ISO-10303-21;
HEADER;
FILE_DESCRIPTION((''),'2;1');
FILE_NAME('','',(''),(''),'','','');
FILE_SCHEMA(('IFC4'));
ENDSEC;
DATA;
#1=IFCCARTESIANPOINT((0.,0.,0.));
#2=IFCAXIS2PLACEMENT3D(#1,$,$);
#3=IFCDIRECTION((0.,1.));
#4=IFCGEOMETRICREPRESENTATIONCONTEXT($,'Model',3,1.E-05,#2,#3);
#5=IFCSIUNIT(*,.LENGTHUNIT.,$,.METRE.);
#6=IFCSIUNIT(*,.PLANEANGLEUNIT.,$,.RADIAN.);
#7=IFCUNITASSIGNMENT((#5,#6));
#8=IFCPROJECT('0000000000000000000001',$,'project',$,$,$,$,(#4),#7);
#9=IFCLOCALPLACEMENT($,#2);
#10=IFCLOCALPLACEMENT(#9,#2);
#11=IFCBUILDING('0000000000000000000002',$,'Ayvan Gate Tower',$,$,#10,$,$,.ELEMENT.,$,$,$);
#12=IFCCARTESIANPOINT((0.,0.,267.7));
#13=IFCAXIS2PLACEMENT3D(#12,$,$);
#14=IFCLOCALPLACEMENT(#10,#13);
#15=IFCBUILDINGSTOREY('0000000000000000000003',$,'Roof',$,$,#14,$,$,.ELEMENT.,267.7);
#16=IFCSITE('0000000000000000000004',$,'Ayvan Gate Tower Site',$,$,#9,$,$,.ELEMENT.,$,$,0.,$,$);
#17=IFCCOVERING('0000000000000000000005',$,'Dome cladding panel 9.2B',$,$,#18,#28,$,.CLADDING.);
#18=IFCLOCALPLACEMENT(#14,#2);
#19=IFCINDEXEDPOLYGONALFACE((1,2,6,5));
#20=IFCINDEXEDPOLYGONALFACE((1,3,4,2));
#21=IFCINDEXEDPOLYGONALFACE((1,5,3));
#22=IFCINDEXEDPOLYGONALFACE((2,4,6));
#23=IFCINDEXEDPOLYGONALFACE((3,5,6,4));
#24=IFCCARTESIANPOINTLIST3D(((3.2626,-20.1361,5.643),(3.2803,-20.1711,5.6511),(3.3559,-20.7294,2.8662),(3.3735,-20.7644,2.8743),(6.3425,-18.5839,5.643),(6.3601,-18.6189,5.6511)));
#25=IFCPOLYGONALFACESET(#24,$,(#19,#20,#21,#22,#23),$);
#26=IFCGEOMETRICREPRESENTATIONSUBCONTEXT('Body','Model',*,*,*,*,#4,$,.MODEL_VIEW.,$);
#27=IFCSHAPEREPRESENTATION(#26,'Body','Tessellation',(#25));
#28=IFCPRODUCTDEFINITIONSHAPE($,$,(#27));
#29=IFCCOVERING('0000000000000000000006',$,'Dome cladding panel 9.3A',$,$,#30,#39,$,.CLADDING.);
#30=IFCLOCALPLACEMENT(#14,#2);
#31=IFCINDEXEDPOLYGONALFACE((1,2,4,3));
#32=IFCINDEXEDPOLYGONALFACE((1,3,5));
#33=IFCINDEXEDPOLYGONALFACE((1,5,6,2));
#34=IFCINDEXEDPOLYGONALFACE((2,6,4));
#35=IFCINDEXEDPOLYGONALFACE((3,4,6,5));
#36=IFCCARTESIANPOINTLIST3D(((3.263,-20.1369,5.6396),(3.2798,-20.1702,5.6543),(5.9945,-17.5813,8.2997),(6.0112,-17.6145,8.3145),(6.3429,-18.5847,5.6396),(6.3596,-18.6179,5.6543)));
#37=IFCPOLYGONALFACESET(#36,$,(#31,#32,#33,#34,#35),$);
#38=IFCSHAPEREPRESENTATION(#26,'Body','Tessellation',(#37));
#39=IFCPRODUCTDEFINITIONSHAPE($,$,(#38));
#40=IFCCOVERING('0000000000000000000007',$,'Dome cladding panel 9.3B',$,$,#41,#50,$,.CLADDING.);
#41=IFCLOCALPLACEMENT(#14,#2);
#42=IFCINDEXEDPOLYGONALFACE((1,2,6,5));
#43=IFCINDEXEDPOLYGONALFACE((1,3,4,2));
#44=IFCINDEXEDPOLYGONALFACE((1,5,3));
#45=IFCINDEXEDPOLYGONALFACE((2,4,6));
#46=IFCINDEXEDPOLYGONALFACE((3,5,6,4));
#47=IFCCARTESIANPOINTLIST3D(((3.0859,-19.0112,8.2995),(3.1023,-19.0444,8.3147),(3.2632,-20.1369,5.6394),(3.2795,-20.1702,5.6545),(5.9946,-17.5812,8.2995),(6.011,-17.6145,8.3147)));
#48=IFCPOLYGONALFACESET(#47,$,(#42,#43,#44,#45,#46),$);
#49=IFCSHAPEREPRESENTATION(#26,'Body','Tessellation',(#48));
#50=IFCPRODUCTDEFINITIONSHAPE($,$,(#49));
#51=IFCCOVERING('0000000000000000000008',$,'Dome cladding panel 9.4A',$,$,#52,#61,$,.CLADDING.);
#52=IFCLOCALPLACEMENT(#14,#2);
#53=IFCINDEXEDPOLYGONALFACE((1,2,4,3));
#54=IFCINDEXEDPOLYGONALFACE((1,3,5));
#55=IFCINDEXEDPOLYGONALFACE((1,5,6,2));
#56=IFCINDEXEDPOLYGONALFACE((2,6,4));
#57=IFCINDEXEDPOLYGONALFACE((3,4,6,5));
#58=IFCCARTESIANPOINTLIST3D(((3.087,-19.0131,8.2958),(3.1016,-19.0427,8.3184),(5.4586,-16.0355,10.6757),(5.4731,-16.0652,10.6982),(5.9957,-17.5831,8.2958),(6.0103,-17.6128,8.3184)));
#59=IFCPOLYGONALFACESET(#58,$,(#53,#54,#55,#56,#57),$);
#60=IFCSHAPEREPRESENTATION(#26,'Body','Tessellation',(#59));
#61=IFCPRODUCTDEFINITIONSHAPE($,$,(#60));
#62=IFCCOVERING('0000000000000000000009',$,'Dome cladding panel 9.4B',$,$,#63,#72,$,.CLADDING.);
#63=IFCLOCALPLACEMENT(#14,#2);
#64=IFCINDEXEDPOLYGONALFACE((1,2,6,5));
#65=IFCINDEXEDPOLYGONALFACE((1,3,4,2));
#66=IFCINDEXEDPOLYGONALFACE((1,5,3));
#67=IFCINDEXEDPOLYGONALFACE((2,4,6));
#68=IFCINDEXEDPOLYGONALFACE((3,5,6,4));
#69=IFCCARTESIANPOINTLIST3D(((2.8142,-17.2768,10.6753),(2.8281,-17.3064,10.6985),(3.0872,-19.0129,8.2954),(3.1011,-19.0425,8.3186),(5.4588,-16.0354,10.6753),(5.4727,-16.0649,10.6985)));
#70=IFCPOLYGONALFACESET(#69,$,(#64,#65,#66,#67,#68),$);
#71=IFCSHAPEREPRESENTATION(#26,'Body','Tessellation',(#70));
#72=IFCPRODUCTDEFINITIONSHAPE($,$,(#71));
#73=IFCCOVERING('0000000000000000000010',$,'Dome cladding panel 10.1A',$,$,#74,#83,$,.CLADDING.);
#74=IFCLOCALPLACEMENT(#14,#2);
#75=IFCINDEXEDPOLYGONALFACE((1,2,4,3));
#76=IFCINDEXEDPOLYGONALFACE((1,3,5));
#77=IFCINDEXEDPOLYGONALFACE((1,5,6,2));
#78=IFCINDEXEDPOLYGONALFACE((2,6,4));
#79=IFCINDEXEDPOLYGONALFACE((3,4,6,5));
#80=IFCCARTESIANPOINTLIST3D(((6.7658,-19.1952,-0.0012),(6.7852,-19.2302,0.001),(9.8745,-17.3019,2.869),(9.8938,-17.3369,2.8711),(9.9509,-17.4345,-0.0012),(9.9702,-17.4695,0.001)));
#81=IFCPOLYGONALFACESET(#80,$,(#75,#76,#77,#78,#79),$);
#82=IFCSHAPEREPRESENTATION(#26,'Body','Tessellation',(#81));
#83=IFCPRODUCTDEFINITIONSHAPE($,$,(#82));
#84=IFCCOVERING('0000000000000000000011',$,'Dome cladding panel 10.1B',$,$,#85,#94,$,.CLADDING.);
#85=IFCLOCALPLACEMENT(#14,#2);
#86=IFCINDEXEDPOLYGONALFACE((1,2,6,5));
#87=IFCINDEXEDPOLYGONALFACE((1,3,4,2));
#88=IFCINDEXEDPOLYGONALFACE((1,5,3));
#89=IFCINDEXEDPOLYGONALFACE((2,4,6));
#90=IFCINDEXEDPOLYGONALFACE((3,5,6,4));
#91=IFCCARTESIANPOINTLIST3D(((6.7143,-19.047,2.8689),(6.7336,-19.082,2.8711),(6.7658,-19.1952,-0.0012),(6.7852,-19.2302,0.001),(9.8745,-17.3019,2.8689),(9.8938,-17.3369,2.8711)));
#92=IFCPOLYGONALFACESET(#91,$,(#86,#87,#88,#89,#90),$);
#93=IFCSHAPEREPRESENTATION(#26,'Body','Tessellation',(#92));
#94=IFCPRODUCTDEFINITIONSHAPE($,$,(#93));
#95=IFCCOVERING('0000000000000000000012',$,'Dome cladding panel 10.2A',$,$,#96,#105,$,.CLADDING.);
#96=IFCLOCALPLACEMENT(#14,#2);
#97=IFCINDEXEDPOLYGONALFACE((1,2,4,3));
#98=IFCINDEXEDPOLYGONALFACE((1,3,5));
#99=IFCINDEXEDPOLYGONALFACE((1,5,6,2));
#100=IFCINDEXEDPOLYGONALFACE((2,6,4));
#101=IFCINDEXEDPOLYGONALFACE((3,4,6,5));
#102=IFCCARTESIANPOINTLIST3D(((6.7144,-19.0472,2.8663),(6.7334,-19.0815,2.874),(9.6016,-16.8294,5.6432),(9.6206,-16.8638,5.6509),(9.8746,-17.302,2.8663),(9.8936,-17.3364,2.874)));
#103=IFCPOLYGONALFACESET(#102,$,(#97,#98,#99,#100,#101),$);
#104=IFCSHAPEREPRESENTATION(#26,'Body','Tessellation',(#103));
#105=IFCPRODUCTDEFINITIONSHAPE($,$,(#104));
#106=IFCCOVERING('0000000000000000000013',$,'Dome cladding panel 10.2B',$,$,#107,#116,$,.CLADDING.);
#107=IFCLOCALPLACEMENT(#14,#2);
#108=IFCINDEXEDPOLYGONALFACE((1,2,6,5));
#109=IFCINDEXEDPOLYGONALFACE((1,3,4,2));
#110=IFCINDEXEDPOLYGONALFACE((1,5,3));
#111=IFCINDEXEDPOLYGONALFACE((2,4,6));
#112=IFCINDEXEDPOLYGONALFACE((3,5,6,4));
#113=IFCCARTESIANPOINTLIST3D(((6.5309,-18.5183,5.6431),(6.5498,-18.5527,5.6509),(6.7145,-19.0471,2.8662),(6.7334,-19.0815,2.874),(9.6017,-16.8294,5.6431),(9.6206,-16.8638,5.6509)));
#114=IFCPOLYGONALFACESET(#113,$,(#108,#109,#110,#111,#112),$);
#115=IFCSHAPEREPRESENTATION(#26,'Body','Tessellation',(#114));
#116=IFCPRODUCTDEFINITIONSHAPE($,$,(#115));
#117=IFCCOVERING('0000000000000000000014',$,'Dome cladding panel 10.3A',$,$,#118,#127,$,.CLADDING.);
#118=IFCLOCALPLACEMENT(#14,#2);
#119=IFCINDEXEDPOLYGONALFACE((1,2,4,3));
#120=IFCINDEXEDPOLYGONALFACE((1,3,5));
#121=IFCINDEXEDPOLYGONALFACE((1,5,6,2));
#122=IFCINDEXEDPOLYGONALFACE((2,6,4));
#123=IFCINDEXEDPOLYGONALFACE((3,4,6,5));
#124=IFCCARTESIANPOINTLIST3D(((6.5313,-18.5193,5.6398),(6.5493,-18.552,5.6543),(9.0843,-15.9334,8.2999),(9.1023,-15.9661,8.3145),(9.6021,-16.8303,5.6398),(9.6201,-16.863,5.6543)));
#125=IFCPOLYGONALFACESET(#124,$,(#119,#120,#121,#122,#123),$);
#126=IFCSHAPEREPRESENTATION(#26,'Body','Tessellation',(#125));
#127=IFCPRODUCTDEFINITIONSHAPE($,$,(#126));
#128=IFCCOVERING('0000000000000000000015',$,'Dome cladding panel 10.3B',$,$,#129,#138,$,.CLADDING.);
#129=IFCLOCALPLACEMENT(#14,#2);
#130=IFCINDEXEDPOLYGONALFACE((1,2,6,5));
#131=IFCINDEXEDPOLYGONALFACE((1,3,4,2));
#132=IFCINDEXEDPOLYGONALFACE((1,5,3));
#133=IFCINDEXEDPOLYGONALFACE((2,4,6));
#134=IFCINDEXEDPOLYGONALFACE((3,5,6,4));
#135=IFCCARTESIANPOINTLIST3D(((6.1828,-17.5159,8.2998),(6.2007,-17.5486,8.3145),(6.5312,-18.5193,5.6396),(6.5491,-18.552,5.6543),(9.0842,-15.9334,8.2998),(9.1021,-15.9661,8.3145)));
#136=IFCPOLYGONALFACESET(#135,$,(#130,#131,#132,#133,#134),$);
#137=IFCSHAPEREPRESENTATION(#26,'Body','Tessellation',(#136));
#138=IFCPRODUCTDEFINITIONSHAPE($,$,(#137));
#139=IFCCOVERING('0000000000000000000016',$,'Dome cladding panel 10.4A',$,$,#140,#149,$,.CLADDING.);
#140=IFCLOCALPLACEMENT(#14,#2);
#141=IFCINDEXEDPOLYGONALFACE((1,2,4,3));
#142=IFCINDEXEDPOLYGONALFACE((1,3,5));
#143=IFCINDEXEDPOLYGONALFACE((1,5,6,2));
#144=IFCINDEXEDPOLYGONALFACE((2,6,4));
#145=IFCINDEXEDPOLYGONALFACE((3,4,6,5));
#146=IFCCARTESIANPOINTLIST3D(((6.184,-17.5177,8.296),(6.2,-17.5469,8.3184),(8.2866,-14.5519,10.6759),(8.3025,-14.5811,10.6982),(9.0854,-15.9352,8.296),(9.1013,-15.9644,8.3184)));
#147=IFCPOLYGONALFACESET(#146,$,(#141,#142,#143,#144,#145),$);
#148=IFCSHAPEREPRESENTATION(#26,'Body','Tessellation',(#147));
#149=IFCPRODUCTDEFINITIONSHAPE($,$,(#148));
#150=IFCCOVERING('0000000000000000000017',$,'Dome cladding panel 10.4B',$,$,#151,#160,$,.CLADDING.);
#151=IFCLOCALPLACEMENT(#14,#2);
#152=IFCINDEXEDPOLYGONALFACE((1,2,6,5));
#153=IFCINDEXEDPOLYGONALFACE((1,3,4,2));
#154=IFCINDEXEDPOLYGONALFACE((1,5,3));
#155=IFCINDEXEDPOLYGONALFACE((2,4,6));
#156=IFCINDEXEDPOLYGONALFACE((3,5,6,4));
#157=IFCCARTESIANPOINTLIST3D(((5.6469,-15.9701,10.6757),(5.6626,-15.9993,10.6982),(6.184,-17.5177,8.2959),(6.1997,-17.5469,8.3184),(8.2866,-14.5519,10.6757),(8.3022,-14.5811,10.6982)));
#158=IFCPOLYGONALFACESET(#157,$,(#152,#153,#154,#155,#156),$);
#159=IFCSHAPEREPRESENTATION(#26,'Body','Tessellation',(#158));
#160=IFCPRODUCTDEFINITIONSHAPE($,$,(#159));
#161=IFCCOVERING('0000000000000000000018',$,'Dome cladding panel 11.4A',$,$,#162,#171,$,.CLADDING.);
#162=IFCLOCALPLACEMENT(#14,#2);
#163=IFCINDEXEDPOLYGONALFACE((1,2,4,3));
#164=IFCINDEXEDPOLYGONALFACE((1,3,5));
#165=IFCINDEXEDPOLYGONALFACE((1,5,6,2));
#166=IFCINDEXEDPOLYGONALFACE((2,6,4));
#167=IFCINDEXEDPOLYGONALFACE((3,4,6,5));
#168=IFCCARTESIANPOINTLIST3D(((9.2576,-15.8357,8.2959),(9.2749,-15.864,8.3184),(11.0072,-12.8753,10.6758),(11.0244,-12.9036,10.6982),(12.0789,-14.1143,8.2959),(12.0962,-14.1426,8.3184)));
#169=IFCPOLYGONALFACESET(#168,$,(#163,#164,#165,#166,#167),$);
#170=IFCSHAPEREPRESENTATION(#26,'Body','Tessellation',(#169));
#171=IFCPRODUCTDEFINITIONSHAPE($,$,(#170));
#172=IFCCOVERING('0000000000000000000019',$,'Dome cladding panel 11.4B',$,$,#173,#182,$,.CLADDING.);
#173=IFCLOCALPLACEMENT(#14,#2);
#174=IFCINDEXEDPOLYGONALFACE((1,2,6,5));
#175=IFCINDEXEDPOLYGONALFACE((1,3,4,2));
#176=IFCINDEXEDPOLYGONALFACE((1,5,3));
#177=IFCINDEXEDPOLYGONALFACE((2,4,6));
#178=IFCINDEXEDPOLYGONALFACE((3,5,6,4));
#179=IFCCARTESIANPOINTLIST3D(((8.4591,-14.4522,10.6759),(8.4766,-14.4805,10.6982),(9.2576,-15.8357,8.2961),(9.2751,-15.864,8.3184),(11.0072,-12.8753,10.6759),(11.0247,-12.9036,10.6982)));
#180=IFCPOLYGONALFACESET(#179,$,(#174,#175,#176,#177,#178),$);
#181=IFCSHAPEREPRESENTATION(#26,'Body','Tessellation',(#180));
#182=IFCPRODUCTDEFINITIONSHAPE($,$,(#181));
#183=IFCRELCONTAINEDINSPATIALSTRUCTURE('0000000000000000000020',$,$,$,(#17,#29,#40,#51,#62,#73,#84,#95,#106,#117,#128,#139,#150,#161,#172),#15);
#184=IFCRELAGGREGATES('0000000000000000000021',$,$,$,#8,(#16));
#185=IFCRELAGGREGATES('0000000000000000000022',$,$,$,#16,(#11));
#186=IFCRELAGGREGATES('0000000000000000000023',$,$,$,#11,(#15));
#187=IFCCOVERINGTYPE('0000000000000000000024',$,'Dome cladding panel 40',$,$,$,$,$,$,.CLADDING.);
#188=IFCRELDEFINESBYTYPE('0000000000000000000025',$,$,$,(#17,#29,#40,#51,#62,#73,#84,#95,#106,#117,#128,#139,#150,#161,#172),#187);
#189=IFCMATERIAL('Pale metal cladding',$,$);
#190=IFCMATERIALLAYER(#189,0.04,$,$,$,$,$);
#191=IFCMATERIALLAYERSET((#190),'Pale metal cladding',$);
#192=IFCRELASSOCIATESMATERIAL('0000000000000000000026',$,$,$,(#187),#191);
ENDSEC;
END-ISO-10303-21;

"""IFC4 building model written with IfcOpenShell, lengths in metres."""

from ifc_helpers import new_model, si_unit, direction, frame, origin, place, context, subcontext, project, spatial, polyline, outline, extrude, material, layer, layer_set, type_object, element, save


model = new_model("IFC4")

# Units and contexts
model_context = context("Model", 3, precision=1e-05, world=origin(), true_north=direction((0.0, 1.0)))
body_context = subcontext(model_context, "Body", "Model", "MODEL_VIEW")
ifc_project = project(units=[si_unit("LENGTHUNIT", "METRE"), si_unit("PLANEANGLEUNIT", "RADIAN")], contexts=[model_context])

# Site, building, storey
site_placement = place(None, origin())
site = spatial("IfcSite", under=ifc_project, at=site_placement, Name="Ayvan Gate Tower Site", CompositionType="ELEMENT", RefElevation=0.0)
building_placement = place(site_placement, origin())
building = spatial("IfcBuilding", under=site, at=building_placement, Name="Ayvan Gate Tower", CompositionType="ELEMENT")
storey_placement = place(building_placement, frame((0.0, 0.0, 267.7)))
storey = spatial("IfcBuildingStorey", under=building, at=storey_placement, Name="Roof", CompositionType="ELEMENT", Elevation=267.7)

# Coverings
ifc_material_1 = material(Name="Pale metal cladding")
ifc_layer_1 = layer(ifc_material_1, 0.04)
ifc_layer_set_1 = layer_set([ifc_layer_1], Name="Pale metal cladding")
covering_type = type_object("IfcCoveringType", Name="Dome cladding panel 40", PredefinedType="CLADDING", material=ifc_layer_set_1)
covering_1_placement = place(storey_placement, frame((3.3735, -20.7644, 2.8743), z_axis=(0.440824, -0.874645, 0.201669), x_axis=(0.648126, 0.465604, 0.602615)))
element("IfcCovering", 1, at=covering_1_placement, inside=storey, type_object=covering_type, Name="Dome cladding panel 9.2B", PredefinedType="CLADDING", context=body_context, shape_type="SweptSolid", body=[
    extrude(outline(polyline([(0.0, 0.0), (4.608, 0.0), (1.8892, 2.122), (0.0, 0.0)])), origin(), (0.0, 0.0, -1.0), 0.04),
])
covering_2_placement = place(storey_placement, frame((3.2798, -20.1702, 5.6543), z_axis=(0.418486, -0.830325, 0.368008), x_axis=(0.892993, 0.450071, 0.0)))
element("IfcCovering", 2, at=covering_2_placement, inside=storey, type_object=covering_type, Name="Dome cladding panel 9.3A", PredefinedType="CLADDING", context=body_context, shape_type="SweptSolid", body=[
    extrude(outline(polyline([(0.0, 0.0), (3.4489, 0.0), (3.5894, 2.8609), (0.0, 0.0)])), origin(), (0.0, 0.0, -1.0), 0.04),
])
covering_3_placement = place(storey_placement, frame((3.2795, -20.1702, 5.6545), z_axis=(0.408319, -0.830582, 0.378694), x_axis=(0.595078, 0.556782, 0.579547)))
element("IfcCovering", 3, at=covering_3_placement, inside=storey, type_object=covering_type, Name="Dome cladding panel 9.3B", PredefinedType="CLADDING", context=body_context, shape_type="SweptSolid", body=[
    extrude(outline(polyline([(0.0, 0.0), (4.5901, 0.0), (2.063, 2.0296), (0.0, 0.0)])), origin(), (0.0, 0.0, -1.0), 0.04),
])
covering_4_placement = place(storey_placement, frame((3.1016, -19.0427, 8.3184), z_axis=(0.364287, -0.741014, 0.564087), x_axis=(0.89742, 0.441177, 0.0)))
element("IfcCovering", 4, at=covering_4_placement, inside=storey, type_object=covering_type, Name="Dome cladding panel 9.4A", PredefinedType="CLADDING", context=body_context, shape_type="SweptSolid", body=[
    extrude(outline(polyline([(0.0, 0.0), (3.2412, 0.0), (3.4419, 2.8822), (0.0, 0.0)])), origin(), (0.0, 0.0, -1.0), 0.04),
])
covering_5_placement = place(storey_placement, frame((3.1011, -19.0425, 8.3186), z_axis=(0.346646, -0.73842, 0.578422), x_axis=(0.528272, 0.66325, 0.530121)))
element("IfcCovering", 5, at=covering_5_placement, inside=storey, type_object=covering_type, Name="Dome cladding panel 9.4B", PredefinedType="CLADDING", context=body_context, shape_type="SweptSolid", body=[
    extrude(outline(polyline([(0.0, 0.0), (4.4893, 0.0), (2.2689, 1.8985), (0.0, 0.0)])), origin(), (0.0, 0.0, -1.0), 0.04),
])
covering_6_placement = place(storey_placement, frame((6.7852, -19.2302, 0.001), z_axis=(0.483122, -0.873934, 0.053229), x_axis=(0.875174, 0.483808, 0.0)))
element("IfcCovering", 6, at=covering_6_placement, inside=storey, type_object=covering_type, Name="Dome cladding panel 10.1A", PredefinedType="CLADDING", context=body_context, shape_type="SweptSolid", body=[
    extrude(outline(polyline([(0.0, 0.0), (3.6393, 0.0), (3.6366, 2.8742), (0.0, 0.0)])), origin(), (0.0, 0.0, -1.0), 0.04),
])
covering_7_placement = place(storey_placement, frame((6.7852, -19.2302, 0.001), z_axis=(0.482713, -0.874124, 0.053798), x_axis=(0.670648, 0.408456, 0.619189)))
element("IfcCovering", 7, at=covering_7_placement, inside=storey, type_object=covering_type, Name="Dome cladding panel 10.1B", PredefinedType="CLADDING", context=body_context, shape_type="SweptSolid", body=[
    extrude(outline(polyline([(0.0, 0.0), (4.6353, 0.0), (1.8031, 2.2385), (0.0, 0.0)])), origin(), (0.0, 0.0, -1.0), 0.04),
])
covering_8_placement = place(storey_placement, frame((6.7334, -19.0815, 2.874), z_axis=(0.474341, -0.858963, 0.192831), x_axis=(0.875392, 0.483413, 0.0)))
element("IfcCovering", 8, at=covering_8_placement, inside=storey, type_object=covering_type, Name="Dome cladding panel 10.2A", PredefinedType="CLADDING", context=body_context, shape_type="SweptSolid", body=[
    extrude(outline(polyline([(0.0, 0.0), (3.61, 0.0), (3.5995, 2.83), (0.0, 0.0)])), origin(), (0.0, 0.0, -1.0), 0.04),
])
covering_9_placement = place(storey_placement, frame((6.7334, -19.0815, 2.874), z_axis=(0.472681, -0.859408, 0.194912), x_axis=(0.63056, 0.484357, 0.606459)))
element("IfcCovering", 9, at=covering_9_placement, inside=storey, type_object=covering_type, Name="Dome cladding panel 10.2B", PredefinedType="CLADDING", context=body_context, shape_type="SweptSolid", body=[
    extrude(outline(polyline([(0.0, 0.0), (4.5788, 0.0), (1.8244, 2.167), (0.0, 0.0)])), origin(), (0.0, 0.0, -1.0), 0.04),
])
covering_10_placement = place(storey_placement, frame((6.5493, -18.552, 5.6543), z_axis=(0.449099, -0.816532, 0.362746), x_axis=(0.876213, 0.481924, 0.0)))
element("IfcCovering", 10, at=covering_10_placement, inside=storey, type_object=covering_type, Name="Dome cladding panel 10.3A", PredefinedType="CLADDING", context=body_context, shape_type="SweptSolid", body=[
    extrude(outline(polyline([(0.0, 0.0), (3.5046, 0.0), (3.4832, 2.8546), (0.0, 0.0)])), origin(), (0.0, 0.0, -1.0), 0.04),
])
covering_11_placement = place(storey_placement, frame((6.5491, -18.552, 5.6543), z_axis=(0.445531, -0.816829, 0.366459), x_axis=(0.566892, 0.574211, 0.590691)))
element("IfcCovering", 11, at=covering_11_placement, inside=storey, type_object=covering_type, Name="Dome cladding panel 10.3B", PredefinedType="CLADDING", context=body_context, shape_type="SweptSolid", body=[
    extrude(outline(polyline([(0.0, 0.0), (4.5035, 0.0), (1.95, 2.0981), (0.0, 0.0)])), origin(), (0.0, 0.0, -1.0), 0.04),
])
covering_12_placement = place(storey_placement, frame((6.2, -17.5469, 8.3184), z_axis=(0.397622, -0.728995, 0.557192), x_axis=(0.877901, 0.478842, 0.0)))
element("IfcCovering", 12, at=covering_12_placement, inside=storey, type_object=covering_type, Name="Dome cladding panel 10.4A", PredefinedType="CLADDING", context=body_context, shape_type="SweptSolid", body=[
    extrude(outline(polyline([(0.0, 0.0), (3.3049, 0.0), (3.266, 2.866), (0.0, 0.0)])), origin(), (0.0, 0.0, -1.0), 0.04),
])
covering_13_placement = place(storey_placement, frame((6.1997, -17.5469, 8.3184), z_axis=(0.391437, -0.728562, 0.562117), x_axis=(0.483878, 0.682554, 0.547706)))
element("IfcCovering", 13, at=covering_13_placement, inside=storey, type_object=covering_type, Name="Dome cladding panel 10.4B", PredefinedType="CLADDING", context=body_context, shape_type="SweptSolid", body=[
    extrude(outline(polyline([(0.0, 0.0), (4.3452, 0.0), (2.0999, 1.9844), (0.0, 0.0)])), origin(), (0.0, 0.0, -1.0), 0.04),
])
covering_14_placement = place(storey_placement, frame((9.2749, -15.864, 8.3184), z_axis=(0.430914, -0.706231, 0.561739), x_axis=(0.853643, 0.520858, 0.0)))
element("IfcCovering", 14, at=covering_14_placement, inside=storey, type_object=covering_type, Name="Dome cladding panel 11.4A", PredefinedType="CLADDING", context=body_context, shape_type="SweptSolid", body=[
    extrude(outline(polyline([(0.0, 0.0), (3.305, 0.0), (3.0354, 2.8766), (0.0, 0.0)])), origin(), (0.0, 0.0, -1.0), 0.04),
])
covering_15_placement = place(storey_placement, frame((9.2751, -15.864, 8.3184), z_axis=(0.436995, -0.706133, 0.557146), x_axis=(0.418346, 0.707907, 0.569081)))
element("IfcCovering", 15, at=covering_15_placement, inside=storey, type_object=covering_type, Name="Dome cladding panel 11.4B", PredefinedType="CLADDING", context=body_context, shape_type="SweptSolid", body=[
    extrude(outline(polyline([(0.0, 0.0), (4.182, 0.0), (1.9997, 2.0535), (0.0, 0.0)])), origin(), (0.0, 0.0, -1.0), 0.04),
])

save(model, "model.ifc")
